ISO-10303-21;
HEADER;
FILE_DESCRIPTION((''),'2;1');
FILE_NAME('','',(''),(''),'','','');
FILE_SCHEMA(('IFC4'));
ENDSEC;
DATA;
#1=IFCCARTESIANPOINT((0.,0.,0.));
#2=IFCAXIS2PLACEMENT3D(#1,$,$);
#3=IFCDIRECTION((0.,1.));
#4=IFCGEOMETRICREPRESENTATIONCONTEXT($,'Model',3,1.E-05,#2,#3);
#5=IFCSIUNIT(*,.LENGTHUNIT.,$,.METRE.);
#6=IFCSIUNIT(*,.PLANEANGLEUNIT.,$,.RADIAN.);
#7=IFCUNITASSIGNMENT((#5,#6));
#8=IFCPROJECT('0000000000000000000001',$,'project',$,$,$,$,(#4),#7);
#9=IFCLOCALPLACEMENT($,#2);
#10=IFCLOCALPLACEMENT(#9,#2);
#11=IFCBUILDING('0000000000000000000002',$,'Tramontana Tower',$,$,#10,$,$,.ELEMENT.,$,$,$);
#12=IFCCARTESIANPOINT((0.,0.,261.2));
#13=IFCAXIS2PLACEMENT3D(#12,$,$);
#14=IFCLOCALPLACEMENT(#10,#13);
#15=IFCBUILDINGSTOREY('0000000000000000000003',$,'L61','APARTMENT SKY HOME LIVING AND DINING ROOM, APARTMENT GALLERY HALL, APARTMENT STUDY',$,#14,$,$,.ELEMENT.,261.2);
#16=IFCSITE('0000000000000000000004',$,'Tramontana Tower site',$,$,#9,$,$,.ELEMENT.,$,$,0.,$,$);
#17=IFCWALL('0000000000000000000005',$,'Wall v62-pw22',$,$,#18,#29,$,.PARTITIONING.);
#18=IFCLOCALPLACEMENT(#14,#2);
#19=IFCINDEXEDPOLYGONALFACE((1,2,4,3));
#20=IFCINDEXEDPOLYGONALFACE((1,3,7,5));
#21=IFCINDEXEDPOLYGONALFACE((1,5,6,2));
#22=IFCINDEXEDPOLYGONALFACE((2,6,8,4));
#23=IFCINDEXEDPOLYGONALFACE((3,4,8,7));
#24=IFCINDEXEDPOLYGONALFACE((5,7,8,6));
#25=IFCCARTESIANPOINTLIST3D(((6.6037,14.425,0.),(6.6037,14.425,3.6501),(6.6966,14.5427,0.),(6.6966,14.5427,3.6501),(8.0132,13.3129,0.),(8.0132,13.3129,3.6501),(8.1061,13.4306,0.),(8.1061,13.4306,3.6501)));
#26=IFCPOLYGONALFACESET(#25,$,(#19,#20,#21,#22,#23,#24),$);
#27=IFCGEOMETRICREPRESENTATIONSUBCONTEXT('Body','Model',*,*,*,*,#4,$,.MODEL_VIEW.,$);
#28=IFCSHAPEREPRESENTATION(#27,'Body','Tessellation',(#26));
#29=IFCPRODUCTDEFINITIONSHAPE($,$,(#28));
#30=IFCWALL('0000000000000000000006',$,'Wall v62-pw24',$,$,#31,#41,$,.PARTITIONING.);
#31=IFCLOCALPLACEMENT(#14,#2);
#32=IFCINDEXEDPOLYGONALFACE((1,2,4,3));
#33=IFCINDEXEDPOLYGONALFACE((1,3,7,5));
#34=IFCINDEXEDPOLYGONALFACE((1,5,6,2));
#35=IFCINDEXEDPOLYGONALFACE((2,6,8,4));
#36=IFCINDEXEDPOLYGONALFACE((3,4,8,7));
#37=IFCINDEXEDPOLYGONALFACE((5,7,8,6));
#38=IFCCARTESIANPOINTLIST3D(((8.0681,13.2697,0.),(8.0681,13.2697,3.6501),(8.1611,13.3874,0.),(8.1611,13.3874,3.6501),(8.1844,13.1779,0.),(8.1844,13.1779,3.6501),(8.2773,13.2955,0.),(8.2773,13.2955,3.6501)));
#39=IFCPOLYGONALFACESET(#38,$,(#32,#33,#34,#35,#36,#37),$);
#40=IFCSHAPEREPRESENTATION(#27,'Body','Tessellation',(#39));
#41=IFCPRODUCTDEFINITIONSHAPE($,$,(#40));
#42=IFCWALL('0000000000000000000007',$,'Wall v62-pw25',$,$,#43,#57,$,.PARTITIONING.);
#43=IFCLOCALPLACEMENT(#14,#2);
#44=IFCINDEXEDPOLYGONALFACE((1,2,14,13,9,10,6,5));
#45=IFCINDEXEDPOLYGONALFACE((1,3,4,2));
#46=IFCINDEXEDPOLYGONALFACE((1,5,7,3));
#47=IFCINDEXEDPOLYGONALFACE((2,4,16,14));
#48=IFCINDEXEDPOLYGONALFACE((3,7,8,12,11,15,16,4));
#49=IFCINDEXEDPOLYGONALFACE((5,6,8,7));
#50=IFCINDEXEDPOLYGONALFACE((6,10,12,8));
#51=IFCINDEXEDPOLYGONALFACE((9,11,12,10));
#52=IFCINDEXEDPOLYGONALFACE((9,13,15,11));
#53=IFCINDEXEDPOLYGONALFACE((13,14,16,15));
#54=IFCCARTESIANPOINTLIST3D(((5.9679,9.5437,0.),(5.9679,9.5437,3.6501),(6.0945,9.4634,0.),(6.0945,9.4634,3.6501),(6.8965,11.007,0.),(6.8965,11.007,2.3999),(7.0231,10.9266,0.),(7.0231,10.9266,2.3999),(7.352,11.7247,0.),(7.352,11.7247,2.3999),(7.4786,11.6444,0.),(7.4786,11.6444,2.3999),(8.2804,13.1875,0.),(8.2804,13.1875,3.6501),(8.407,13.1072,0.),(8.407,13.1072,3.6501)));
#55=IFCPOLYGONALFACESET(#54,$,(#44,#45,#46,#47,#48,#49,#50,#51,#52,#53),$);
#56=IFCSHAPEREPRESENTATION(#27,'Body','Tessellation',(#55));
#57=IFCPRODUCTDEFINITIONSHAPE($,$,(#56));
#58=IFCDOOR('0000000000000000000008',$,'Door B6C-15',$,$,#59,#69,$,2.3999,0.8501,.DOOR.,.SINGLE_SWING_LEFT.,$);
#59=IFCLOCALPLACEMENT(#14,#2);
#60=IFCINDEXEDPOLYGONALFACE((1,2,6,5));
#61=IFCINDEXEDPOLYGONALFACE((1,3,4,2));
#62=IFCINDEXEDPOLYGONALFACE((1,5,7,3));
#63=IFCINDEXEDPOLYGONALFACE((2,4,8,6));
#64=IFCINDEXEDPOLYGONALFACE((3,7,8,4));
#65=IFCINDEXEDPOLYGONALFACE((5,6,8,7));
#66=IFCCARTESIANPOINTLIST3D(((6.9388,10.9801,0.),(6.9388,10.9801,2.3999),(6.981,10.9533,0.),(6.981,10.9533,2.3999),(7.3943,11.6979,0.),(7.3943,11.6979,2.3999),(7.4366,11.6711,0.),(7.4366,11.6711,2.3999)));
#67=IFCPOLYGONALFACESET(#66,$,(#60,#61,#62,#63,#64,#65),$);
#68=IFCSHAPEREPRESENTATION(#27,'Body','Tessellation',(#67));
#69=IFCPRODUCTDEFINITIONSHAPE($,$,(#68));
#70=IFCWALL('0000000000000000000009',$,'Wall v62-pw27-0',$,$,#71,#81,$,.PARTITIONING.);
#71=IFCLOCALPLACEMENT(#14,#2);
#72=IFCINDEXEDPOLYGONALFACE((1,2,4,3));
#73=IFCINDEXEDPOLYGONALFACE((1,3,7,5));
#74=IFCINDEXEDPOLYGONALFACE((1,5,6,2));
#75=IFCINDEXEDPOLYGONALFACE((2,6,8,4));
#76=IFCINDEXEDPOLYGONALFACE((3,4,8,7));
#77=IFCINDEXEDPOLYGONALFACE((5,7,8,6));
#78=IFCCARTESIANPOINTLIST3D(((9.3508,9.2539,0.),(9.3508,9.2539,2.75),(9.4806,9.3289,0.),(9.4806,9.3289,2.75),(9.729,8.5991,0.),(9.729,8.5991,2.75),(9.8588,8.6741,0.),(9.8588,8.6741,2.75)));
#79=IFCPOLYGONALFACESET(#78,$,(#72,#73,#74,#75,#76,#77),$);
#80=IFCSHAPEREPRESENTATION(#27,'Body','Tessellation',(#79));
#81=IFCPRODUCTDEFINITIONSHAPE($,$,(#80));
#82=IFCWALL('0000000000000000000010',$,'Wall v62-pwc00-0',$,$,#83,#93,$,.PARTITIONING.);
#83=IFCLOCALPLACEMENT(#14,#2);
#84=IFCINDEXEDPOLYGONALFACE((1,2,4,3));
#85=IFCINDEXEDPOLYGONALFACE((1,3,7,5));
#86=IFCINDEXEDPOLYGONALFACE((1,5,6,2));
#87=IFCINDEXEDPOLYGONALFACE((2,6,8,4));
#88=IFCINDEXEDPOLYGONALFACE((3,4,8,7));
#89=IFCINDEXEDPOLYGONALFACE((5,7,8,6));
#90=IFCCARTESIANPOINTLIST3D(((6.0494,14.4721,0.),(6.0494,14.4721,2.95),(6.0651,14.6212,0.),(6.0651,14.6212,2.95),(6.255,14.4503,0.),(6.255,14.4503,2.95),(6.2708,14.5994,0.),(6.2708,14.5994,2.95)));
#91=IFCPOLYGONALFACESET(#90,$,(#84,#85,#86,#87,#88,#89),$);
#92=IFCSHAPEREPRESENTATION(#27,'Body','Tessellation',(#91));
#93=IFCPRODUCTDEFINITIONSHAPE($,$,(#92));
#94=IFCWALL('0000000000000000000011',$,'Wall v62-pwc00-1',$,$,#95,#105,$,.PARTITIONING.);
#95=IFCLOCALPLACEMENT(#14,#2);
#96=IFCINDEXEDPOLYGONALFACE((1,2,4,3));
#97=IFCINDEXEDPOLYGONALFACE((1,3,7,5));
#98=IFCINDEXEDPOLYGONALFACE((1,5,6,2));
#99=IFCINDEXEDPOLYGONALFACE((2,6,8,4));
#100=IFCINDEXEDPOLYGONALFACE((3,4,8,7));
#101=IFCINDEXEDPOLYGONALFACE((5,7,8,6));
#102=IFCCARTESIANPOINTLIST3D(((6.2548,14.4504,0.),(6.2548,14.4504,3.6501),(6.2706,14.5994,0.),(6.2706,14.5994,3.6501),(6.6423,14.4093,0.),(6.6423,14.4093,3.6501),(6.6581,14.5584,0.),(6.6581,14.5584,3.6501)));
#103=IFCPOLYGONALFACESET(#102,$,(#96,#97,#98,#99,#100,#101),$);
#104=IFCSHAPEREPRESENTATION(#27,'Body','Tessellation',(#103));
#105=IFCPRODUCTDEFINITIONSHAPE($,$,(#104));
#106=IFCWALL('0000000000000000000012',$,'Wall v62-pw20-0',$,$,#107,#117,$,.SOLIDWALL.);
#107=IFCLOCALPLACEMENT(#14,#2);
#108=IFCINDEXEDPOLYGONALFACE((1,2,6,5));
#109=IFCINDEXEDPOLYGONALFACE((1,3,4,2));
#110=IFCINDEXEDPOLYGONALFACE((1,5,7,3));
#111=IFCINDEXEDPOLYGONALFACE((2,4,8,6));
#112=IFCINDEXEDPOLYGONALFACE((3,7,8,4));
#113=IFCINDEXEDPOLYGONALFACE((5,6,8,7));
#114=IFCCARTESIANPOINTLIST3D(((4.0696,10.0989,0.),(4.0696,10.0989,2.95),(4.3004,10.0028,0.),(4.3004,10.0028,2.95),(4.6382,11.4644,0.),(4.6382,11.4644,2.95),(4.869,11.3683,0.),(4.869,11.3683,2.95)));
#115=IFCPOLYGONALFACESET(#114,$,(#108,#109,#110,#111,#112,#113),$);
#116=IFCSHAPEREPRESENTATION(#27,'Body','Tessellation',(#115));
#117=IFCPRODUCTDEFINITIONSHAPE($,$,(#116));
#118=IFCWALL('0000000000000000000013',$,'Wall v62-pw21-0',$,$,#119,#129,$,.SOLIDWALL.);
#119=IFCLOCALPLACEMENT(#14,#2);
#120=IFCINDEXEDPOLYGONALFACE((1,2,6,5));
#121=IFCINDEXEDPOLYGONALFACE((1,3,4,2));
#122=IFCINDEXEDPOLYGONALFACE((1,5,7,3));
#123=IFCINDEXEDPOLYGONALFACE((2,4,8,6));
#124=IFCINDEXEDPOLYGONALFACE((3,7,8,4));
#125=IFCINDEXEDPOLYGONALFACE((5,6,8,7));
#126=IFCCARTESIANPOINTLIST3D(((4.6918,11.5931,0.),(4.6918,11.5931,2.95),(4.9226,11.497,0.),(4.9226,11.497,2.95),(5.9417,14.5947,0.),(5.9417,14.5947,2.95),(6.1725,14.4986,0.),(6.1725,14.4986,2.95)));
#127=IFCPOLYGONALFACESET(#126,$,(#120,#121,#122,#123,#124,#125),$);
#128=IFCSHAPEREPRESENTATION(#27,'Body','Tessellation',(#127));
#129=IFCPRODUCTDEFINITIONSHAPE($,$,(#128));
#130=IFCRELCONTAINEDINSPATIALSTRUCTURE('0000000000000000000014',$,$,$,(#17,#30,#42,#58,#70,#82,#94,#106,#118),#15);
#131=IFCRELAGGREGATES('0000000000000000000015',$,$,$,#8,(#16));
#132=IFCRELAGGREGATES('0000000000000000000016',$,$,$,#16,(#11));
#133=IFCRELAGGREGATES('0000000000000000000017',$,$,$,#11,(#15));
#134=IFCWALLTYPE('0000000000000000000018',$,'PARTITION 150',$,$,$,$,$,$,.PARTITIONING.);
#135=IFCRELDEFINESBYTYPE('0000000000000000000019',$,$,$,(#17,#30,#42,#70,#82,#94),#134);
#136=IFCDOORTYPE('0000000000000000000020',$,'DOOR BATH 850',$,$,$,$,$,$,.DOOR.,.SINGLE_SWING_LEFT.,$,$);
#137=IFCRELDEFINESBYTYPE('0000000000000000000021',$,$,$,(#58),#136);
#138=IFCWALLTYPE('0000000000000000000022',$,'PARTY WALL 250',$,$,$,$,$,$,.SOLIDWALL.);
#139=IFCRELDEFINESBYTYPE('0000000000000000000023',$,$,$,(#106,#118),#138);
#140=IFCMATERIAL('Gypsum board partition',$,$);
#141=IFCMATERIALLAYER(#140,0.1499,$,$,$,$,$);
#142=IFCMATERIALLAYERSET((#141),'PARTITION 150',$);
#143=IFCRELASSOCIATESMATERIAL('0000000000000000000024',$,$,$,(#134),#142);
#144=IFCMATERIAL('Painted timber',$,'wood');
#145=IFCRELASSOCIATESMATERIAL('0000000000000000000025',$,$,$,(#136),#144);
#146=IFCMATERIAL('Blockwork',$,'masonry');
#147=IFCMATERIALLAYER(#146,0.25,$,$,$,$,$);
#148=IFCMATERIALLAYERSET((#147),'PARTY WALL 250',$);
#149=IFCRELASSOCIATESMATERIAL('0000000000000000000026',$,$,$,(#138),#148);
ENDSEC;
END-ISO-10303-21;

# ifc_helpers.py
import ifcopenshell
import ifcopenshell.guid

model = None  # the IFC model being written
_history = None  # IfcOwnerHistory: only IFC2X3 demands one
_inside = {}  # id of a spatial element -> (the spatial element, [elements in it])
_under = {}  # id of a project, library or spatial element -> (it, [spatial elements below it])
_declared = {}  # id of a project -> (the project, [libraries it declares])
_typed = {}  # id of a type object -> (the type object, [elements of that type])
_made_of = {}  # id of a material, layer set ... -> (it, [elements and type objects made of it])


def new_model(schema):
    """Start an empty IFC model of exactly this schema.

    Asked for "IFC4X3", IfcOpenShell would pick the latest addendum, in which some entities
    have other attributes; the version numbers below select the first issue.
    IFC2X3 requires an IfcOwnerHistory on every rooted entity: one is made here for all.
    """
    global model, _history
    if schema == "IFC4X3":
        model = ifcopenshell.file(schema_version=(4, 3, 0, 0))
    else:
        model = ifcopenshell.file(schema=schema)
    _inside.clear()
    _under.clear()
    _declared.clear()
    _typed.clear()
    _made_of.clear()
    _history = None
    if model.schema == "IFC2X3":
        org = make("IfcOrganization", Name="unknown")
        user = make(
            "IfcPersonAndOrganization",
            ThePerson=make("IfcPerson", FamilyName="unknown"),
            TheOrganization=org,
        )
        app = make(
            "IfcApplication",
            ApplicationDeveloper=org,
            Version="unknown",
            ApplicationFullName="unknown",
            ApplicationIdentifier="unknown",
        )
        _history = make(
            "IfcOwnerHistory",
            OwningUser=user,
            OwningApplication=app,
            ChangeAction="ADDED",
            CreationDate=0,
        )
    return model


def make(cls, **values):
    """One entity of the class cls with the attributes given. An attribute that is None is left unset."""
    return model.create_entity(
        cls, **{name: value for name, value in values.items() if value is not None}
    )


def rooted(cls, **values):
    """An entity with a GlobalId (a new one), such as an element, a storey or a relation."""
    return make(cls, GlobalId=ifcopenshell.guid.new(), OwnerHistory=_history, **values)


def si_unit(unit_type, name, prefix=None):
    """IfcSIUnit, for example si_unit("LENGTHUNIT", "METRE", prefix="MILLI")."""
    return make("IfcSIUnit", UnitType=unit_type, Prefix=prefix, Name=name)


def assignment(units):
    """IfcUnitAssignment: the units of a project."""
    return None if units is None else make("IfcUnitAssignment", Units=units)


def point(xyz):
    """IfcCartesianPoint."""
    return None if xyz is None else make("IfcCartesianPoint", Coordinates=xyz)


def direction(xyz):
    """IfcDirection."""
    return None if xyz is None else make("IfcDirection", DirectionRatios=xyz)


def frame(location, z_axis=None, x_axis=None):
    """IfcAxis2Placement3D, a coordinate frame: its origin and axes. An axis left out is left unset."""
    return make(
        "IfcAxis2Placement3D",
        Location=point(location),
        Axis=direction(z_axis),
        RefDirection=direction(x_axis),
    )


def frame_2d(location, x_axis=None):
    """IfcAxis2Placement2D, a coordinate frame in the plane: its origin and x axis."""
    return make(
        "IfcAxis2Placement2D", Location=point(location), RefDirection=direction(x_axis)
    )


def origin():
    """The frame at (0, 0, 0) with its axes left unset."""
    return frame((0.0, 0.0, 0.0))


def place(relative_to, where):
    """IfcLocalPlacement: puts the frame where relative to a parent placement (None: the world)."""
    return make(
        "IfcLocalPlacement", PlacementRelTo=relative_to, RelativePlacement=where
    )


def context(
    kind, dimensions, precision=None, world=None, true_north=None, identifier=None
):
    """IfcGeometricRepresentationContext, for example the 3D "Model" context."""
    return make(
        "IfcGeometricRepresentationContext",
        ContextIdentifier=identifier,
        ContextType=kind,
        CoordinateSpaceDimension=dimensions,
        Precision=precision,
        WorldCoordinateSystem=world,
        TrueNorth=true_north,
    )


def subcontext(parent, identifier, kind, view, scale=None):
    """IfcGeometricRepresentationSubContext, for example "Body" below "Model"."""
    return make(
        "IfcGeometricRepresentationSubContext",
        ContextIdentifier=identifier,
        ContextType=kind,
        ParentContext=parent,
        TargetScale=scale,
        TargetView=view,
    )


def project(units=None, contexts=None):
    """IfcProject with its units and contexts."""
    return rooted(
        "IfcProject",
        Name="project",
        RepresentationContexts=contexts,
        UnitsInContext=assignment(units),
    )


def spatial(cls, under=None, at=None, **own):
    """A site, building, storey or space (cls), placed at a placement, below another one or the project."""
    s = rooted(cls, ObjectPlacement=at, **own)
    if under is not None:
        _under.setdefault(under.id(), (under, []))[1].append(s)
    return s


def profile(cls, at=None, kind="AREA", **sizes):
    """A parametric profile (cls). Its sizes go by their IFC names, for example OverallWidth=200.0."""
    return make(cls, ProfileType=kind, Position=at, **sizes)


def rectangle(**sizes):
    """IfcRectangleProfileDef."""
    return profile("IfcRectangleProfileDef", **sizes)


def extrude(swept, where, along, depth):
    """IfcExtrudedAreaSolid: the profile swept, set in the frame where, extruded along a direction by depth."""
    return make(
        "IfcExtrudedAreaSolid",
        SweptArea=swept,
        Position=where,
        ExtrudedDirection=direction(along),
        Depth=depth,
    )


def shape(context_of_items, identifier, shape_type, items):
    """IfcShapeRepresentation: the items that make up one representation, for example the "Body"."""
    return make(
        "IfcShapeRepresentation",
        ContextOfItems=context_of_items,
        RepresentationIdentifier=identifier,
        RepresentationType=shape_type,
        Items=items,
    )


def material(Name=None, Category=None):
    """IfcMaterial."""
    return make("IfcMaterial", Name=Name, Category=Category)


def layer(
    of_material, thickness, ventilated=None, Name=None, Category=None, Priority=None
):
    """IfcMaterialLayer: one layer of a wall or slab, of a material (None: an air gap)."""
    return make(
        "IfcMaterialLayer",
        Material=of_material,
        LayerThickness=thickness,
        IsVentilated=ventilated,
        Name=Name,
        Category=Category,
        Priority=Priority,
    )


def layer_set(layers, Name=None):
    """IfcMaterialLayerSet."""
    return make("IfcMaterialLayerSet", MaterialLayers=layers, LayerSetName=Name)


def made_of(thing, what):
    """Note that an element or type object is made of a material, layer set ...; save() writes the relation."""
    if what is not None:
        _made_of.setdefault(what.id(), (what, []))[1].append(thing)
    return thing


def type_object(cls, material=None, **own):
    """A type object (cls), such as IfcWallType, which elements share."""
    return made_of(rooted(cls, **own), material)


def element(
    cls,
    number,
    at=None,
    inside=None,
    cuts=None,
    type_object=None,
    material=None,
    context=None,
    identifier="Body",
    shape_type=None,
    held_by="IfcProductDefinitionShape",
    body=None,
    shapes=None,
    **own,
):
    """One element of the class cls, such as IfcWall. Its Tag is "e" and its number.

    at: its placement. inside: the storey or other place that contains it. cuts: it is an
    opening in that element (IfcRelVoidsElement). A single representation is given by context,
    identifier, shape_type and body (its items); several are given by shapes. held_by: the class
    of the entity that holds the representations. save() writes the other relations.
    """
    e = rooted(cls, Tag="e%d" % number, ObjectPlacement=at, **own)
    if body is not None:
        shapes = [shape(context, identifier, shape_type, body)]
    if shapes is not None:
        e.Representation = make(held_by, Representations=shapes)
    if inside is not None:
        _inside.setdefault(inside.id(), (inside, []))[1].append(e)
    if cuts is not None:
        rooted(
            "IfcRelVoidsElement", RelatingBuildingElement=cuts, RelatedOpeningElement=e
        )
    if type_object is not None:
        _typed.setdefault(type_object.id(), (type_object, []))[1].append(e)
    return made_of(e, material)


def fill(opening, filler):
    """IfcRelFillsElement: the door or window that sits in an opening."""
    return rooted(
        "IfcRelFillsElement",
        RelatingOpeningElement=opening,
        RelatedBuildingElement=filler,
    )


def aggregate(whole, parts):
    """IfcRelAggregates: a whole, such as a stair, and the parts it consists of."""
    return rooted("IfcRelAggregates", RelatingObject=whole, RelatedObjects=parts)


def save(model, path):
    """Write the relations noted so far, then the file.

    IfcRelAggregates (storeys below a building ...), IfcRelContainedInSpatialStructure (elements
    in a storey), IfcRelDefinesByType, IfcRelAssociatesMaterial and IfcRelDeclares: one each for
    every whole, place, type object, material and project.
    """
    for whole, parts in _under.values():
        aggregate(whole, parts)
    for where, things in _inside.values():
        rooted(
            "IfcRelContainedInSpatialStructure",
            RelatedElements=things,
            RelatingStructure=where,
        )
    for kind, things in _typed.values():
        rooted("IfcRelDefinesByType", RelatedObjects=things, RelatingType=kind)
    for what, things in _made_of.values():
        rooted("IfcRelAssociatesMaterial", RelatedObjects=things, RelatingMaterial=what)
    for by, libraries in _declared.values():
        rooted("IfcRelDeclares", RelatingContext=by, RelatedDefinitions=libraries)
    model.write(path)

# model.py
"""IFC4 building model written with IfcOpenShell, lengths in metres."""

from ifc_helpers import new_model, si_unit, direction, frame, frame_2d, origin, place, context, subcontext, project, spatial, rectangle, extrude, material, layer, layer_set, type_object, element, fill, save


model = new_model("IFC4")

# Units and contexts
model_context = context("Model", 3, precision=1e-05, world=origin(), true_north=direction((0.0, 1.0)))
body_context = subcontext(model_context, "Body", "Model", "MODEL_VIEW")
ifc_project = project(units=[si_unit("LENGTHUNIT", "METRE"), si_unit("PLANEANGLEUNIT", "RADIAN")], contexts=[model_context])

# Site, building, storey
site_placement = place(None, origin())
site = spatial("IfcSite", under=ifc_project, at=site_placement, Name="Tramontana Tower site", CompositionType="ELEMENT", RefElevation=0.0)
building_placement = place(site_placement, origin())
building = spatial("IfcBuilding", under=site, at=building_placement, Name="Tramontana Tower", CompositionType="ELEMENT")
storey_placement = place(building_placement, frame((0.0, 0.0, 261.2)))
storey = spatial("IfcBuildingStorey", under=building, at=storey_placement, Name="L61", Description="APARTMENT SKY HOME LIVING AND DINING ROOM, APARTMENT GALLERY HALL, APARTMENT STUDY", CompositionType="ELEMENT", Elevation=261.2)

# Shared definitions
ifc_material_1 = material(Name="Gypsum board partition")
ifc_layer_1 = layer(ifc_material_1, 0.1499)
ifc_layer_set_1 = layer_set([ifc_layer_1], Name="PARTITION 150")
wall_type_1 = type_object("IfcWallType", Name="PARTITION 150", PredefinedType="PARTITIONING", material=ifc_layer_set_1)

# Walls
wall_1_placement = place(storey_placement, frame((6.6501, 14.4839, 0.0), z_axis=(0.0, 0.0, 1.0), x_axis=(0.785057, -0.619424, 0.0)))
element("IfcWall", 1, at=wall_1_placement, inside=storey, type_object=wall_type_1, Name="Wall v62-pw22", PredefinedType="PARTITIONING", context=body_context, shape_type="SweptSolid", body=[
    extrude(rectangle(XDim=1.7954, YDim=0.1499, at=frame_2d((0.8977, 0.0))), origin(), (0.0, 0.0, 1.0), 3.6501),
])
wall_2_placement = place(storey_placement, frame((8.1145, 13.3286, 0.0), z_axis=(0.0, 0.0, 1.0), x_axis=(0.784714, -0.619858, 0.0)))
element("IfcWall", 2, at=wall_2_placement, inside=storey, type_object=wall_type_1, Name="Wall v62-pw24", PredefinedType="PARTITIONING", context=body_context, shape_type="SweptSolid", body=[
    extrude(rectangle(XDim=0.1482, YDim=0.1499, at=frame_2d((0.0742, 0.0))), origin(), (0.0, 0.0, 1.0), 3.6501),
])

# Wall, opening, door
wall_3_placement = place(storey_placement, frame((6.0312, 9.5037, 0.0), z_axis=(0.0, 0.0, 1.0), x_axis=(0.535839, 0.84432, 0.0)))
wall_3 = element("IfcWall", 3, at=wall_3_placement, inside=storey, type_object=wall_type_1, Name="Wall v62-pw25", PredefinedType="PARTITIONING", context=body_context, shape_type="SweptSolid", body=[
    extrude(rectangle(XDim=4.3157, YDim=0.1499, at=frame_2d((2.1577, 0.0))), origin(), (0.0, 0.0, 1.0), 3.6501),
])
opening_1_placement = place(wall_3_placement, frame((1.7329, 0.0, 0.0)))
opening_1 = element("IfcOpeningElement", 4, at=opening_1_placement, cuts=wall_3, PredefinedType="OPENING", context=body_context, shape_type="SweptSolid", body=[
    extrude(rectangle(XDim=0.8501, YDim=2.3999, at=frame_2d((0.425, 1.2))), frame((0.0, 0.085, 0.0), z_axis=(0.0, -1.0, 0.0), x_axis=(1.0, 0.0, 0.0)), (0.0, 0.0, 1.0), 0.1699),
])
ifc_material_2 = material(Name="Painted timber", Category="wood")
door_type_1 = type_object("IfcDoorType", Name="DOOR BATH 850", OperationType="SINGLE_SWING_LEFT", PredefinedType="DOOR", material=ifc_material_2)
door_1_placement = place(opening_1_placement, origin())
door_1 = element("IfcDoor", 5, at=door_1_placement, inside=storey, type_object=door_type_1, Name="Door B6C-15", OperationType="SINGLE_SWING_LEFT", OverallHeight=2.3999, OverallWidth=0.8501, PredefinedType="DOOR", context=body_context, shape_type="SweptSolid", body=[
    extrude(rectangle(XDim=0.8501, YDim=2.3999, at=frame_2d((0.425, 1.2))), frame((0.0, 0.0249, 0.0), z_axis=(0.0, -1.0, 0.0), x_axis=(1.0, 0.0, 0.0)), (0.0, 0.0, 1.0), 0.05),
])
fill(opening_1, door_1)

# Walls
wall_4_placement = place(storey_placement, frame((9.4158, 9.2913, 0.0), z_axis=(0.0, 0.0, 1.0), x_axis=(0.500132, -0.865949, 0.0)))
element("IfcWall", 6, at=wall_4_placement, inside=storey, type_object=wall_type_1, Name="Wall v62-pw27-0", PredefinedType="PARTITIONING", context=body_context, shape_type="SweptSolid", body=[
    extrude(rectangle(XDim=0.7561, YDim=0.1499, at=frame_2d((0.3779, 0.0))), origin(), (0.0, 0.0, 1.0), 2.75),
])
wall_5_placement = place(storey_placement, frame((6.0571, 14.5466, 0.0), z_axis=(0.0, 0.0, 1.0), x_axis=(0.99446, -0.105115, 0.0)))
element("IfcWall", 7, at=wall_5_placement, inside=storey, type_object=wall_type_1, Name="Wall v62-pwc00-0", PredefinedType="PARTITIONING", context=body_context, shape_type="SweptSolid", body=[
    extrude(rectangle(XDim=0.2068, YDim=0.1499, at=frame_2d((0.1035, 0.0))), origin(), (0.0, 0.0, 1.0), 2.95),
])
wall_6_placement = place(storey_placement, frame((6.2627, 14.5249, 0.0), z_axis=(0.0, 0.0, 1.0), x_axis=(0.994443, -0.105272, 0.0)))
element("IfcWall", 8, at=wall_6_placement, inside=storey, type_object=wall_type_1, Name="Wall v62-pwc00-1", PredefinedType="PARTITIONING", context=body_context, shape_type="SweptSolid", body=[
    extrude(rectangle(XDim=0.3896, YDim=0.1499, at=frame_2d((0.1948, 0.0))), origin(), (0.0, 0.0, 1.0), 3.6501),
])
ifc_material_3 = material(Name="Blockwork", Category="masonry")
ifc_layer_2 = layer(ifc_material_3, 0.25)
ifc_layer_set_2 = layer_set([ifc_layer_2], Name="PARTY WALL 250")
wall_type_2 = type_object("IfcWallType", Name="PARTY WALL 250", PredefinedType="SOLIDWALL", material=ifc_layer_set_2)
wall_7_placement = place(storey_placement, frame((4.7537, 11.4165, 0.0), z_axis=(0.0, 0.0, 1.0), x_axis=(-0.384416, -0.92316, 0.0)))
element("IfcWall", 9, at=wall_7_placement, inside=storey, type_object=wall_type_2, Name="Wall v62-pw20-0", PredefinedType="SOLIDWALL", context=body_context, shape_type="SweptSolid", body=[
    extrude(rectangle(XDim=1.4792, YDim=0.25, at=frame_2d((0.7397, 0.0))), origin(), (0.0, 0.0, 1.0), 2.95),
])
wall_8_placement = place(storey_placement, frame((6.0571, 14.5466, 0.0), z_axis=(0.0, 0.0, 1.0), x_axis=(-0.384429, -0.923155, 0.0)))
element("IfcWall", 10, at=wall_8_placement, inside=storey, type_object=wall_type_2, Name="Wall v62-pw21-0", PredefinedType="SOLIDWALL", context=body_context, shape_type="SweptSolid", body=[
    extrude(rectangle(XDim=3.2515, YDim=0.25, at=frame_2d((1.6257, 0.0))), origin(), (0.0, 0.0, 1.0), 2.95),
])

save(model, "model.ifc")
